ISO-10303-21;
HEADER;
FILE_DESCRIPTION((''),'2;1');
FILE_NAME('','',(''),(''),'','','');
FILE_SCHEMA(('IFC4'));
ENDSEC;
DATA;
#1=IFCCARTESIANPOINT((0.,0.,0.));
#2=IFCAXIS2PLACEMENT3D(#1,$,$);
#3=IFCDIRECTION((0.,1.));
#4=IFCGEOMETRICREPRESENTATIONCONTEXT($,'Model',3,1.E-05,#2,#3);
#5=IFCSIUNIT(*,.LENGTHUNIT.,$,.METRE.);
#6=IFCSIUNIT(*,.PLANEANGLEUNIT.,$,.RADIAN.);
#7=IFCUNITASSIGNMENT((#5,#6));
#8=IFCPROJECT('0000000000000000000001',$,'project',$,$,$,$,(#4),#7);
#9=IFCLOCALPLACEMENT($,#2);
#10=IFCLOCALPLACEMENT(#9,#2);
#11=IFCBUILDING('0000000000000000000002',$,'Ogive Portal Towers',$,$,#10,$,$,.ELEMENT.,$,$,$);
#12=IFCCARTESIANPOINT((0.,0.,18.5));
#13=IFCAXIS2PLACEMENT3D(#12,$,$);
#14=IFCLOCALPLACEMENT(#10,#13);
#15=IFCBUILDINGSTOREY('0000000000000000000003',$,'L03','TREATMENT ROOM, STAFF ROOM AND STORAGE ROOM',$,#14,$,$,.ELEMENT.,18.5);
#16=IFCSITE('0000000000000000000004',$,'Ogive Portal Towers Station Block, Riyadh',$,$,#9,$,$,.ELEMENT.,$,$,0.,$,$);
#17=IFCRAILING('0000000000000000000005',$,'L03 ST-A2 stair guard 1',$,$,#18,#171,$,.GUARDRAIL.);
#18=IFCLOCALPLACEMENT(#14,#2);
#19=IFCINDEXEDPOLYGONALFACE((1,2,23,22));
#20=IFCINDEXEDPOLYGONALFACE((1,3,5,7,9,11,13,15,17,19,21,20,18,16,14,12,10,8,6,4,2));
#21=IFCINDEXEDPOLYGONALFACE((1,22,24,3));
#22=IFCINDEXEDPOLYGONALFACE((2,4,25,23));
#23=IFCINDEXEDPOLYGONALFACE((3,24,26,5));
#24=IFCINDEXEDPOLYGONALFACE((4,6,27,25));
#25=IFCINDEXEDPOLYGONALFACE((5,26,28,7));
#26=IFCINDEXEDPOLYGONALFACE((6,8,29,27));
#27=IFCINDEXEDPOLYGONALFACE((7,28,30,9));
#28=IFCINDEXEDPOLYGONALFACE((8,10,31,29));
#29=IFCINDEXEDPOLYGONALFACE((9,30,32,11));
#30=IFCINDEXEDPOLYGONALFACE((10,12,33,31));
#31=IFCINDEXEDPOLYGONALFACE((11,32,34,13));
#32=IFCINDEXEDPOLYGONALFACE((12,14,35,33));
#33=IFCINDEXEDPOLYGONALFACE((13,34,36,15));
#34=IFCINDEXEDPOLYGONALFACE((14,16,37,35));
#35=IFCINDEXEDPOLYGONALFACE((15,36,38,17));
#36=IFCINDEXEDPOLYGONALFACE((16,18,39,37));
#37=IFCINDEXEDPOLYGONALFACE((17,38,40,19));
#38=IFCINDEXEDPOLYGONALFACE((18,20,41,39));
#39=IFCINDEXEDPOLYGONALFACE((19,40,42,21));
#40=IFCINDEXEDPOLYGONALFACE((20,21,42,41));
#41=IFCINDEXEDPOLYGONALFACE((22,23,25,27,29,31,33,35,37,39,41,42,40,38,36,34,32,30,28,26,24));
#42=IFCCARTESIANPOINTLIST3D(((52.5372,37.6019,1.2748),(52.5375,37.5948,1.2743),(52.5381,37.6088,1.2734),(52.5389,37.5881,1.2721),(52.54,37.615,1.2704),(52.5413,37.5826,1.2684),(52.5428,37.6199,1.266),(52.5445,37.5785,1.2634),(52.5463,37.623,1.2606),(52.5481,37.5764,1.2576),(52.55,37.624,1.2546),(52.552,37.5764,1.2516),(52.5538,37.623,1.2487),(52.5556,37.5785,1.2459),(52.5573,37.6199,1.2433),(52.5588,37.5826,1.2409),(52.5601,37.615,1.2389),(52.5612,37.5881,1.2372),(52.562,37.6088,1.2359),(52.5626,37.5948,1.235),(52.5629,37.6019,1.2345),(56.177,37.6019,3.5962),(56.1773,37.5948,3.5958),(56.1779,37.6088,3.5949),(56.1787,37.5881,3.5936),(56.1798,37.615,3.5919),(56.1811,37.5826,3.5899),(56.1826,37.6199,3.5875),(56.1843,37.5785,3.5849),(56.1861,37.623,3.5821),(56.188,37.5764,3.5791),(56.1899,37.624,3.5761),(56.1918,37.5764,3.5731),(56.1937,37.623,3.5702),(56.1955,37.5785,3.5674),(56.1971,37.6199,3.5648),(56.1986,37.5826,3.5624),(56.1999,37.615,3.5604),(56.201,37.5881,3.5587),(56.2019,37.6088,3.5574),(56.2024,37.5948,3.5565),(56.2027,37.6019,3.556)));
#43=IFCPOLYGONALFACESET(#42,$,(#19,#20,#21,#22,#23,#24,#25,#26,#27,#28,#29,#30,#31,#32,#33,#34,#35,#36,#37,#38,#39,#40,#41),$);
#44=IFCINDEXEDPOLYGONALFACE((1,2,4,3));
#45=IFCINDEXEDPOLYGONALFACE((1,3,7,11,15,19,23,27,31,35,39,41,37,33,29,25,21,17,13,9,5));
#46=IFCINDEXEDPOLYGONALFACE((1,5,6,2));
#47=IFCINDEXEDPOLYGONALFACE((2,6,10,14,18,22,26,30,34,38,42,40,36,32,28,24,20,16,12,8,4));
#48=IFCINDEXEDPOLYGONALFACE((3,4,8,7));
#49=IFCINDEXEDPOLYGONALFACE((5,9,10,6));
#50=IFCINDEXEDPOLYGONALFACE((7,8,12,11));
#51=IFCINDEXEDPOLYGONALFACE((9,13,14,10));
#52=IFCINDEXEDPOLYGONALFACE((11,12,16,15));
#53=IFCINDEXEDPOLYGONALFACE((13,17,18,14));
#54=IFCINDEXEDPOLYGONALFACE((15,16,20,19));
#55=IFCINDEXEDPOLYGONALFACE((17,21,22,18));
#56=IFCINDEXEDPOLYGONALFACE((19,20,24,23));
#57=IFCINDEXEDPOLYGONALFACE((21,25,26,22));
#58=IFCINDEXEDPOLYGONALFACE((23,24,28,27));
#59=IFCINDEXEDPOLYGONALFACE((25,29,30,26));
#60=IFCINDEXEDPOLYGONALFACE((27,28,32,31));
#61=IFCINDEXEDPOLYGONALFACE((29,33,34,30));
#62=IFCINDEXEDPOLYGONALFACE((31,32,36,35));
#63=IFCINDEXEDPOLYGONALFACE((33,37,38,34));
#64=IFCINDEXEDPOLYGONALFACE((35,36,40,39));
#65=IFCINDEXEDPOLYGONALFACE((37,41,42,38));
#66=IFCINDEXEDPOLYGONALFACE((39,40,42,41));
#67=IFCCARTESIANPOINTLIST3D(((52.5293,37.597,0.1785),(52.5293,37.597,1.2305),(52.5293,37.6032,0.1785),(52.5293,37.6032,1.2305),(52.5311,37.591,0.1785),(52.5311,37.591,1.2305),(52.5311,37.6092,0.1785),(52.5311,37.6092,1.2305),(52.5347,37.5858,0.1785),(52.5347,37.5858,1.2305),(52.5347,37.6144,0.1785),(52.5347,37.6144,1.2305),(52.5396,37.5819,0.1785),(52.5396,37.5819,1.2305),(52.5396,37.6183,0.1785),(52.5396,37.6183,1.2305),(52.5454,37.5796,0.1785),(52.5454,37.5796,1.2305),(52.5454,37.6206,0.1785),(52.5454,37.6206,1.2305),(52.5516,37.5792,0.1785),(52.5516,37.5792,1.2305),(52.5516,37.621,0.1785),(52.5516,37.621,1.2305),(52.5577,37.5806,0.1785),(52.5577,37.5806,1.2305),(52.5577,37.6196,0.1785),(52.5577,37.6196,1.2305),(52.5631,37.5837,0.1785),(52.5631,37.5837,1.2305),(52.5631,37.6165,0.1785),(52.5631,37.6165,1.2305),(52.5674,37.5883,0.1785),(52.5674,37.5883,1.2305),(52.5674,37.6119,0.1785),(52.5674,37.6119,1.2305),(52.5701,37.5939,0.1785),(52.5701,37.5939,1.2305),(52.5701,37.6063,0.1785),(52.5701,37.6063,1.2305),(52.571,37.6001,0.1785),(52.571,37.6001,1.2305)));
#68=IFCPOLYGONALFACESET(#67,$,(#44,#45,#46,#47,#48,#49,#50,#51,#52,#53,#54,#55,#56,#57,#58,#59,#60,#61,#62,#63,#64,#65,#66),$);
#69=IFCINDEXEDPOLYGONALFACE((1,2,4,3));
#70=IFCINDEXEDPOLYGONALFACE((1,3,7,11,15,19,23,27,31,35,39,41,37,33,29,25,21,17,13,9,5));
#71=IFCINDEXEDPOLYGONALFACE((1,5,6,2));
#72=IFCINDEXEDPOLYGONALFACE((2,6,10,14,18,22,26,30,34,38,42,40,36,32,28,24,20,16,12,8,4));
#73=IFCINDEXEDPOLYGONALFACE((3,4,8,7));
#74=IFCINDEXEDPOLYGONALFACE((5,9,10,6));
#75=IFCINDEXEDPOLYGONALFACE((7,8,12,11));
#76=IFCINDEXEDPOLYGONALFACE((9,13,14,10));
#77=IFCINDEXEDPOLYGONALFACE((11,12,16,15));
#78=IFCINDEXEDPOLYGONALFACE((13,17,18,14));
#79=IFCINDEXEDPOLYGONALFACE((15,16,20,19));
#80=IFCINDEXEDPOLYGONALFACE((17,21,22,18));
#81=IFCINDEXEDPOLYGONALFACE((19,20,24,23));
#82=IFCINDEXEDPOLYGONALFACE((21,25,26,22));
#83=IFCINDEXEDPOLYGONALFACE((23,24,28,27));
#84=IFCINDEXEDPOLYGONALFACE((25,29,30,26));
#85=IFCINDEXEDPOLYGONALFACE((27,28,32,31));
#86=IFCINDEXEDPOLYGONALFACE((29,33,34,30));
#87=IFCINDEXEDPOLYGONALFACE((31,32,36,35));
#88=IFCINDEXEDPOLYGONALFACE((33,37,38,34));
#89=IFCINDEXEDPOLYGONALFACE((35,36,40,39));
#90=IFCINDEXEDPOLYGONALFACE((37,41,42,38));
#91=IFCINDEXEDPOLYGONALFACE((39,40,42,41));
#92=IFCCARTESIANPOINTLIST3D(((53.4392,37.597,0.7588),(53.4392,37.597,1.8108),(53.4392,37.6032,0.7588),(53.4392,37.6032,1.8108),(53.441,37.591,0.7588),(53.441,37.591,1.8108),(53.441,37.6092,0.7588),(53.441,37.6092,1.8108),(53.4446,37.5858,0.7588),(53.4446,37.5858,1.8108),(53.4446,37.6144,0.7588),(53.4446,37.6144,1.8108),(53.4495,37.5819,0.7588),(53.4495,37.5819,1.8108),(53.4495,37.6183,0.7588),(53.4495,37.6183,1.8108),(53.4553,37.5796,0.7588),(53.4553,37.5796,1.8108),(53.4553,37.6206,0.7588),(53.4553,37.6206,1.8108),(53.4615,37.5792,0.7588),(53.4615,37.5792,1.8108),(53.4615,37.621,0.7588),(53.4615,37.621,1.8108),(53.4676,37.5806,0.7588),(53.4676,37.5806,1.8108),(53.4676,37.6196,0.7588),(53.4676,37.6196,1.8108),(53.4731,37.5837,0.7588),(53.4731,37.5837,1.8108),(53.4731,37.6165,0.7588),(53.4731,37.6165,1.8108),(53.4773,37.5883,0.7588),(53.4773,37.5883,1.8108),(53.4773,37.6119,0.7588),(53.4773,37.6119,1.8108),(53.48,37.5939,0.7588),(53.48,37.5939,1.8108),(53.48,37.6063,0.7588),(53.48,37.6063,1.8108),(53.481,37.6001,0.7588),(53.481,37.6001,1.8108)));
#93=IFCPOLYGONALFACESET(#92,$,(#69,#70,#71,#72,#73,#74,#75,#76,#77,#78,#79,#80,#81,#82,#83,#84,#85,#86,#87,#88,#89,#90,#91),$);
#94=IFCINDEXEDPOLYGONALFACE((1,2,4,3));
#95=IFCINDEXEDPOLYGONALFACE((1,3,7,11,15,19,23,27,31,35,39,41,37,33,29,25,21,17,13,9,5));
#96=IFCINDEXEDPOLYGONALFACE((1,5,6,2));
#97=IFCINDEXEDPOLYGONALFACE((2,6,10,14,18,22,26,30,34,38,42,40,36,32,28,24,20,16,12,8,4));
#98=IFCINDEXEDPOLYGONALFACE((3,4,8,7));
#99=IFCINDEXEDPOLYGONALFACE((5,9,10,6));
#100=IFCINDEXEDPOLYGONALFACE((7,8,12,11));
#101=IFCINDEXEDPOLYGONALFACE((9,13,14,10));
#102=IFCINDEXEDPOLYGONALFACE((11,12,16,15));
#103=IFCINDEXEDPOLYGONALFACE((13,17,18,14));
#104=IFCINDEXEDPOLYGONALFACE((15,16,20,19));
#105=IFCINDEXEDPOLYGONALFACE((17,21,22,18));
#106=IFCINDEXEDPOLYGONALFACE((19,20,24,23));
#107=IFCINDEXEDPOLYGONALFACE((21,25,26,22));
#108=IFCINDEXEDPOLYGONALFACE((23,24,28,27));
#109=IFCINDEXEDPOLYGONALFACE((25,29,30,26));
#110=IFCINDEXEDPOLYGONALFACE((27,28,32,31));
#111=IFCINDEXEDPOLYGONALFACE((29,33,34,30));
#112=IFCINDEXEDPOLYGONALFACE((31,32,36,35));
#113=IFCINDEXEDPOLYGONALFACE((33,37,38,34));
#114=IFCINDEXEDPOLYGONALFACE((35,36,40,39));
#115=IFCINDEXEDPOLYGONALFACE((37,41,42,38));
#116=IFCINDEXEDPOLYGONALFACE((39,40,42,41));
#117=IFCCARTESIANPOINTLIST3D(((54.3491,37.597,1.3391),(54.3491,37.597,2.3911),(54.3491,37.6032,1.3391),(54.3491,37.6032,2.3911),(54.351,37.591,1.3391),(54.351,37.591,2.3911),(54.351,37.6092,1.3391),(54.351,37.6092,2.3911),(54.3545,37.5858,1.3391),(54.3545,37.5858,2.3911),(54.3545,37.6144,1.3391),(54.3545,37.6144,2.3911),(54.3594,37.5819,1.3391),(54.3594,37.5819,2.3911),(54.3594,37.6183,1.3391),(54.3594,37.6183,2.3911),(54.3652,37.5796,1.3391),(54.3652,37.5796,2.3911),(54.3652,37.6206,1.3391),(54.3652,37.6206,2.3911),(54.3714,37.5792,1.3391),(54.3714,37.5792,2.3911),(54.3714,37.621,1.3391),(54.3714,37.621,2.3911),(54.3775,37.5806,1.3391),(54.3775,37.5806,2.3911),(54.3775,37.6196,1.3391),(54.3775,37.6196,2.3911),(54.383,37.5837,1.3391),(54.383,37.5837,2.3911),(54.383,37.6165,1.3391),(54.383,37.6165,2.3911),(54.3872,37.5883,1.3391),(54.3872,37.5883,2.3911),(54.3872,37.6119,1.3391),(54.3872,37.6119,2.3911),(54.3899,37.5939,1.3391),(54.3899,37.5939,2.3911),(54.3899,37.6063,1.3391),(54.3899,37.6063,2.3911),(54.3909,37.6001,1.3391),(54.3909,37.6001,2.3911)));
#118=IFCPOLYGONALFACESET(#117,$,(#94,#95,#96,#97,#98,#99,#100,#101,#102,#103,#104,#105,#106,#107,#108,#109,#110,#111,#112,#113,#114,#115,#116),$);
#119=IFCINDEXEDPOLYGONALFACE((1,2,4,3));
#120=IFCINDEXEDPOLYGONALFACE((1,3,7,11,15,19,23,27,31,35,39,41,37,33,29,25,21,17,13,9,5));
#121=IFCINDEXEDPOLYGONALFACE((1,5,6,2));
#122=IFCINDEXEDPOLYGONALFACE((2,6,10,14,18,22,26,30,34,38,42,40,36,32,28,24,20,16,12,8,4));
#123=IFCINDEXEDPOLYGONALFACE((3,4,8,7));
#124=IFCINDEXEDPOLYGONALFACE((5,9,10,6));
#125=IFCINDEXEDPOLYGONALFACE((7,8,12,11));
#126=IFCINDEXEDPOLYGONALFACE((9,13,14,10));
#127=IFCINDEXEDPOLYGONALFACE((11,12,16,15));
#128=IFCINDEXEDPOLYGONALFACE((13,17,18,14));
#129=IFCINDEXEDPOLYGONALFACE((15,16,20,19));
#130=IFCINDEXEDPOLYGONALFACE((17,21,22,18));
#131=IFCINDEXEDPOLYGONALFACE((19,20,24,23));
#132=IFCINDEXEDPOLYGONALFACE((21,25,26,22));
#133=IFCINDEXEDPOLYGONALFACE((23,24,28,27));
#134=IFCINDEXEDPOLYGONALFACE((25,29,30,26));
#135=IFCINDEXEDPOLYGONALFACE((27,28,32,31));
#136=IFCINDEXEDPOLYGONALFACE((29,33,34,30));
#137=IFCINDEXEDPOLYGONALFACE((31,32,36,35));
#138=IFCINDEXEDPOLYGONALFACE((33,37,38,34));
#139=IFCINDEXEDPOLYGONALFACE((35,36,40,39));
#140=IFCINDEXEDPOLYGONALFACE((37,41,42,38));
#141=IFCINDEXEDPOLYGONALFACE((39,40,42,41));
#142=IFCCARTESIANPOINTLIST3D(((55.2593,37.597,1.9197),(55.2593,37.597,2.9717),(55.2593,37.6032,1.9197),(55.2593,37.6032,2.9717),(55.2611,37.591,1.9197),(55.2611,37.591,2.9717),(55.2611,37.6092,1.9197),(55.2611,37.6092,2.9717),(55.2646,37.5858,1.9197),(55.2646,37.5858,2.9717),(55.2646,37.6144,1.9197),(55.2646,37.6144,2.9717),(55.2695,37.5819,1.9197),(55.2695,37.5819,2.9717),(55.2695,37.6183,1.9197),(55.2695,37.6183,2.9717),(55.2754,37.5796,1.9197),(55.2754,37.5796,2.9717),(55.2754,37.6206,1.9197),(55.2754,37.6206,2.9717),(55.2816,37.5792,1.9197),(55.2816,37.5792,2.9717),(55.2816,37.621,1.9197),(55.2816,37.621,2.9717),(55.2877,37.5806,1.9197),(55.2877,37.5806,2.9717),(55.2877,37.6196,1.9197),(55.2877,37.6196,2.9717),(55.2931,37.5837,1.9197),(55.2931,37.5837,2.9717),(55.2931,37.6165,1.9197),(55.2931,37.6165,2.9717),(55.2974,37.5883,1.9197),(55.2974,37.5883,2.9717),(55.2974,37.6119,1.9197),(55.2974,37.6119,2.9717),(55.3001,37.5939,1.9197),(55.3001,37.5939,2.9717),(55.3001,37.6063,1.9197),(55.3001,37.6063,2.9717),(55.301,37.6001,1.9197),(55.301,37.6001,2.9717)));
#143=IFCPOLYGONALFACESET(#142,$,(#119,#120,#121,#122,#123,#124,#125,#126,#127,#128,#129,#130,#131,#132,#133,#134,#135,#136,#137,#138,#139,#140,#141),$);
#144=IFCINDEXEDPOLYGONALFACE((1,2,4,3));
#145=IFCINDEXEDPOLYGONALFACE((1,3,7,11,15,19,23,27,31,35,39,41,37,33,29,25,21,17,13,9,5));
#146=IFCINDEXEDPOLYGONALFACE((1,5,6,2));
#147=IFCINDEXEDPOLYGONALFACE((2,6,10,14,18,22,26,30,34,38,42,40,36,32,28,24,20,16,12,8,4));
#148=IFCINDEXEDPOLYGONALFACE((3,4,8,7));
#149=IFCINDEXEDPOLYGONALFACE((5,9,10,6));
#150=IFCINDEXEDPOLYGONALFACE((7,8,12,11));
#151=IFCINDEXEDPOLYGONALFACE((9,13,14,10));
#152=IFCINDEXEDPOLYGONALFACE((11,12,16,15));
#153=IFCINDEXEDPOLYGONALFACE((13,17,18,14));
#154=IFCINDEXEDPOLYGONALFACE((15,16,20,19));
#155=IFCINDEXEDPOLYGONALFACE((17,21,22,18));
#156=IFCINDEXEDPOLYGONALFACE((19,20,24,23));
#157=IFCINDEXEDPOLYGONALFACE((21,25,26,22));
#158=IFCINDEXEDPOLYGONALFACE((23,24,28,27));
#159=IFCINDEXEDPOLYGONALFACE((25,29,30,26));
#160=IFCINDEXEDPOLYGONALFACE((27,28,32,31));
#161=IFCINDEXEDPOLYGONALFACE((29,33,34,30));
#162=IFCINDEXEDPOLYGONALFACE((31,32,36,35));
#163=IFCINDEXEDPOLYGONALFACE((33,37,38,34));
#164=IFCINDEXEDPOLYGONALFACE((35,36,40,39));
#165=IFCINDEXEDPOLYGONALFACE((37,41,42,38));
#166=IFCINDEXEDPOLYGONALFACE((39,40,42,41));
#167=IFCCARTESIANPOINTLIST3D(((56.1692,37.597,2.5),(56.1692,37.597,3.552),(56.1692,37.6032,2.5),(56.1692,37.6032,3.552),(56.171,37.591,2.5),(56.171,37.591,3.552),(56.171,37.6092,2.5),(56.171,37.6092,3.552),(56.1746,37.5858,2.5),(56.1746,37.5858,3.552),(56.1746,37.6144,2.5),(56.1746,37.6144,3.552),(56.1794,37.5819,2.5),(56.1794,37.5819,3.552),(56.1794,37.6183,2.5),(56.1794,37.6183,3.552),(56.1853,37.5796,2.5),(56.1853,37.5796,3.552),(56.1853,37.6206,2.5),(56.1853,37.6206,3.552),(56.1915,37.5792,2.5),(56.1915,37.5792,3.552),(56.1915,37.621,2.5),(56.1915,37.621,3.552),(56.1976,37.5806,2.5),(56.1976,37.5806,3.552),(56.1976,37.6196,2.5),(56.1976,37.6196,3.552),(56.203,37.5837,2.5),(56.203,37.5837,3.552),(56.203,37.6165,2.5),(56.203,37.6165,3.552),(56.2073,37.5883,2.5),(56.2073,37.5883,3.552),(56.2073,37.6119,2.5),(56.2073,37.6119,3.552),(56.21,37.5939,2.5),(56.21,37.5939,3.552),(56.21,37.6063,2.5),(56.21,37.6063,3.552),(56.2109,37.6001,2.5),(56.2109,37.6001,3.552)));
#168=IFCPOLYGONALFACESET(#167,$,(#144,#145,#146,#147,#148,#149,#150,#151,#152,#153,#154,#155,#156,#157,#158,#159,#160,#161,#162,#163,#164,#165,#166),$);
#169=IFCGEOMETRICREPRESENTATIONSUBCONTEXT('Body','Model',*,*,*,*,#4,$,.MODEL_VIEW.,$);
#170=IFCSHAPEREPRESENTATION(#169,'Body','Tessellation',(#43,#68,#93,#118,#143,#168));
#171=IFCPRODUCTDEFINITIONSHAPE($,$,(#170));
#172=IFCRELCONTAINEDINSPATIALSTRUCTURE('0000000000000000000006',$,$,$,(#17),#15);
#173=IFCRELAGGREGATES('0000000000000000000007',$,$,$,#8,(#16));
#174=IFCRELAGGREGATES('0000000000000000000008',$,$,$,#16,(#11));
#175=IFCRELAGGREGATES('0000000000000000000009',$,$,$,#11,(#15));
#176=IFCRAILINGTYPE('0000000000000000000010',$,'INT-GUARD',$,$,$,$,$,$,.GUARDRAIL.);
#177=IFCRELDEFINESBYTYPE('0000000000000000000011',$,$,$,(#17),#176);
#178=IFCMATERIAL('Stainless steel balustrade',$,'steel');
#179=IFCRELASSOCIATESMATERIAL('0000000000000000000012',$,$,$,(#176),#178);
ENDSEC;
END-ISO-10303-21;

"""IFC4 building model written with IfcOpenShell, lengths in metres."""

from ifc_helpers import new_model, si_unit, direction, frame, origin, origin_2d, place, context, subcontext, project, spatial, circle, extrude, material, type_object, element, save


model = new_model("IFC4")

# Units and contexts
model_context = context("Model", 3, precision=1e-05, world=origin(), true_north=direction((0.0, 1.0)))
body_context = subcontext(model_context, "Body", "Model", "MODEL_VIEW")
ifc_project = project(units=[si_unit("LENGTHUNIT", "METRE"), si_unit("PLANEANGLEUNIT", "RADIAN")], contexts=[model_context])

# Site, building, storey
site_placement = place(None, origin())
site = spatial("IfcSite", under=ifc_project, at=site_placement, Name="Ogive Portal Towers Station Block, Riyadh", CompositionType="ELEMENT", RefElevation=0.0)
building_placement = place(site_placement, origin())
building = spatial("IfcBuilding", under=site, at=building_placement, Name="Ogive Portal Towers", CompositionType="ELEMENT")
storey_placement = place(building_placement, frame((0.0, 0.0, 18.5)))
storey = spatial("IfcBuildingStorey", under=building, at=storey_placement, Name="L03", Description="TREATMENT ROOM, STAFF ROOM AND STORAGE ROOM", CompositionType="ELEMENT", Elevation=18.5)

# Railing
ifc_material_1 = material(Name="Stainless steel balustrade", Category="steel")
railing_type_1 = type_object("IfcRailingType", Name="INT-GUARD", PredefinedType="GUARDRAIL", material=ifc_material_1)
railing_1_placement = place(storey_placement, frame((52.55, 37.6001, 0.1785)))
element("IfcRailing", 1, at=railing_1_placement, inside=storey, type_object=railing_type_1, Name="L03 ST-A2 stair guard 1", PredefinedType="GUARDRAIL", context=body_context, shape_type="SweptSolid", body=[
    extrude(circle(Radius=0.0239, at=origin_2d()), frame((0.0, 0.0, 1.0762), z_axis=(0.843112, 0.0, 0.537739), x_axis=(0.0, 1.0, 0.0)), (0.0, 0.0, 1.0), 4.3171),
    extrude(circle(Radius=0.021, at=origin_2d()), origin(), (0.0, 0.0, 1.0), 1.052),
    extrude(circle(Radius=0.021, at=origin_2d()), frame((0.9099, 0.0, 0.5803)), (0.0, 0.0, 1.0), 1.052),
    extrude(circle(Radius=0.021, at=origin_2d()), frame((1.8198, 0.0, 1.1606)), (0.0, 0.0, 1.0), 1.052),
    extrude(circle(Radius=0.021, at=origin_2d()), frame((2.73, 0.0, 1.7412)), (0.0, 0.0, 1.0), 1.052),
    extrude(circle(Radius=0.021, at=origin_2d()), frame((3.6399, 0.0, 2.3215)), (0.0, 0.0, 1.0), 1.052),
])

save(model, "model.ifc")
